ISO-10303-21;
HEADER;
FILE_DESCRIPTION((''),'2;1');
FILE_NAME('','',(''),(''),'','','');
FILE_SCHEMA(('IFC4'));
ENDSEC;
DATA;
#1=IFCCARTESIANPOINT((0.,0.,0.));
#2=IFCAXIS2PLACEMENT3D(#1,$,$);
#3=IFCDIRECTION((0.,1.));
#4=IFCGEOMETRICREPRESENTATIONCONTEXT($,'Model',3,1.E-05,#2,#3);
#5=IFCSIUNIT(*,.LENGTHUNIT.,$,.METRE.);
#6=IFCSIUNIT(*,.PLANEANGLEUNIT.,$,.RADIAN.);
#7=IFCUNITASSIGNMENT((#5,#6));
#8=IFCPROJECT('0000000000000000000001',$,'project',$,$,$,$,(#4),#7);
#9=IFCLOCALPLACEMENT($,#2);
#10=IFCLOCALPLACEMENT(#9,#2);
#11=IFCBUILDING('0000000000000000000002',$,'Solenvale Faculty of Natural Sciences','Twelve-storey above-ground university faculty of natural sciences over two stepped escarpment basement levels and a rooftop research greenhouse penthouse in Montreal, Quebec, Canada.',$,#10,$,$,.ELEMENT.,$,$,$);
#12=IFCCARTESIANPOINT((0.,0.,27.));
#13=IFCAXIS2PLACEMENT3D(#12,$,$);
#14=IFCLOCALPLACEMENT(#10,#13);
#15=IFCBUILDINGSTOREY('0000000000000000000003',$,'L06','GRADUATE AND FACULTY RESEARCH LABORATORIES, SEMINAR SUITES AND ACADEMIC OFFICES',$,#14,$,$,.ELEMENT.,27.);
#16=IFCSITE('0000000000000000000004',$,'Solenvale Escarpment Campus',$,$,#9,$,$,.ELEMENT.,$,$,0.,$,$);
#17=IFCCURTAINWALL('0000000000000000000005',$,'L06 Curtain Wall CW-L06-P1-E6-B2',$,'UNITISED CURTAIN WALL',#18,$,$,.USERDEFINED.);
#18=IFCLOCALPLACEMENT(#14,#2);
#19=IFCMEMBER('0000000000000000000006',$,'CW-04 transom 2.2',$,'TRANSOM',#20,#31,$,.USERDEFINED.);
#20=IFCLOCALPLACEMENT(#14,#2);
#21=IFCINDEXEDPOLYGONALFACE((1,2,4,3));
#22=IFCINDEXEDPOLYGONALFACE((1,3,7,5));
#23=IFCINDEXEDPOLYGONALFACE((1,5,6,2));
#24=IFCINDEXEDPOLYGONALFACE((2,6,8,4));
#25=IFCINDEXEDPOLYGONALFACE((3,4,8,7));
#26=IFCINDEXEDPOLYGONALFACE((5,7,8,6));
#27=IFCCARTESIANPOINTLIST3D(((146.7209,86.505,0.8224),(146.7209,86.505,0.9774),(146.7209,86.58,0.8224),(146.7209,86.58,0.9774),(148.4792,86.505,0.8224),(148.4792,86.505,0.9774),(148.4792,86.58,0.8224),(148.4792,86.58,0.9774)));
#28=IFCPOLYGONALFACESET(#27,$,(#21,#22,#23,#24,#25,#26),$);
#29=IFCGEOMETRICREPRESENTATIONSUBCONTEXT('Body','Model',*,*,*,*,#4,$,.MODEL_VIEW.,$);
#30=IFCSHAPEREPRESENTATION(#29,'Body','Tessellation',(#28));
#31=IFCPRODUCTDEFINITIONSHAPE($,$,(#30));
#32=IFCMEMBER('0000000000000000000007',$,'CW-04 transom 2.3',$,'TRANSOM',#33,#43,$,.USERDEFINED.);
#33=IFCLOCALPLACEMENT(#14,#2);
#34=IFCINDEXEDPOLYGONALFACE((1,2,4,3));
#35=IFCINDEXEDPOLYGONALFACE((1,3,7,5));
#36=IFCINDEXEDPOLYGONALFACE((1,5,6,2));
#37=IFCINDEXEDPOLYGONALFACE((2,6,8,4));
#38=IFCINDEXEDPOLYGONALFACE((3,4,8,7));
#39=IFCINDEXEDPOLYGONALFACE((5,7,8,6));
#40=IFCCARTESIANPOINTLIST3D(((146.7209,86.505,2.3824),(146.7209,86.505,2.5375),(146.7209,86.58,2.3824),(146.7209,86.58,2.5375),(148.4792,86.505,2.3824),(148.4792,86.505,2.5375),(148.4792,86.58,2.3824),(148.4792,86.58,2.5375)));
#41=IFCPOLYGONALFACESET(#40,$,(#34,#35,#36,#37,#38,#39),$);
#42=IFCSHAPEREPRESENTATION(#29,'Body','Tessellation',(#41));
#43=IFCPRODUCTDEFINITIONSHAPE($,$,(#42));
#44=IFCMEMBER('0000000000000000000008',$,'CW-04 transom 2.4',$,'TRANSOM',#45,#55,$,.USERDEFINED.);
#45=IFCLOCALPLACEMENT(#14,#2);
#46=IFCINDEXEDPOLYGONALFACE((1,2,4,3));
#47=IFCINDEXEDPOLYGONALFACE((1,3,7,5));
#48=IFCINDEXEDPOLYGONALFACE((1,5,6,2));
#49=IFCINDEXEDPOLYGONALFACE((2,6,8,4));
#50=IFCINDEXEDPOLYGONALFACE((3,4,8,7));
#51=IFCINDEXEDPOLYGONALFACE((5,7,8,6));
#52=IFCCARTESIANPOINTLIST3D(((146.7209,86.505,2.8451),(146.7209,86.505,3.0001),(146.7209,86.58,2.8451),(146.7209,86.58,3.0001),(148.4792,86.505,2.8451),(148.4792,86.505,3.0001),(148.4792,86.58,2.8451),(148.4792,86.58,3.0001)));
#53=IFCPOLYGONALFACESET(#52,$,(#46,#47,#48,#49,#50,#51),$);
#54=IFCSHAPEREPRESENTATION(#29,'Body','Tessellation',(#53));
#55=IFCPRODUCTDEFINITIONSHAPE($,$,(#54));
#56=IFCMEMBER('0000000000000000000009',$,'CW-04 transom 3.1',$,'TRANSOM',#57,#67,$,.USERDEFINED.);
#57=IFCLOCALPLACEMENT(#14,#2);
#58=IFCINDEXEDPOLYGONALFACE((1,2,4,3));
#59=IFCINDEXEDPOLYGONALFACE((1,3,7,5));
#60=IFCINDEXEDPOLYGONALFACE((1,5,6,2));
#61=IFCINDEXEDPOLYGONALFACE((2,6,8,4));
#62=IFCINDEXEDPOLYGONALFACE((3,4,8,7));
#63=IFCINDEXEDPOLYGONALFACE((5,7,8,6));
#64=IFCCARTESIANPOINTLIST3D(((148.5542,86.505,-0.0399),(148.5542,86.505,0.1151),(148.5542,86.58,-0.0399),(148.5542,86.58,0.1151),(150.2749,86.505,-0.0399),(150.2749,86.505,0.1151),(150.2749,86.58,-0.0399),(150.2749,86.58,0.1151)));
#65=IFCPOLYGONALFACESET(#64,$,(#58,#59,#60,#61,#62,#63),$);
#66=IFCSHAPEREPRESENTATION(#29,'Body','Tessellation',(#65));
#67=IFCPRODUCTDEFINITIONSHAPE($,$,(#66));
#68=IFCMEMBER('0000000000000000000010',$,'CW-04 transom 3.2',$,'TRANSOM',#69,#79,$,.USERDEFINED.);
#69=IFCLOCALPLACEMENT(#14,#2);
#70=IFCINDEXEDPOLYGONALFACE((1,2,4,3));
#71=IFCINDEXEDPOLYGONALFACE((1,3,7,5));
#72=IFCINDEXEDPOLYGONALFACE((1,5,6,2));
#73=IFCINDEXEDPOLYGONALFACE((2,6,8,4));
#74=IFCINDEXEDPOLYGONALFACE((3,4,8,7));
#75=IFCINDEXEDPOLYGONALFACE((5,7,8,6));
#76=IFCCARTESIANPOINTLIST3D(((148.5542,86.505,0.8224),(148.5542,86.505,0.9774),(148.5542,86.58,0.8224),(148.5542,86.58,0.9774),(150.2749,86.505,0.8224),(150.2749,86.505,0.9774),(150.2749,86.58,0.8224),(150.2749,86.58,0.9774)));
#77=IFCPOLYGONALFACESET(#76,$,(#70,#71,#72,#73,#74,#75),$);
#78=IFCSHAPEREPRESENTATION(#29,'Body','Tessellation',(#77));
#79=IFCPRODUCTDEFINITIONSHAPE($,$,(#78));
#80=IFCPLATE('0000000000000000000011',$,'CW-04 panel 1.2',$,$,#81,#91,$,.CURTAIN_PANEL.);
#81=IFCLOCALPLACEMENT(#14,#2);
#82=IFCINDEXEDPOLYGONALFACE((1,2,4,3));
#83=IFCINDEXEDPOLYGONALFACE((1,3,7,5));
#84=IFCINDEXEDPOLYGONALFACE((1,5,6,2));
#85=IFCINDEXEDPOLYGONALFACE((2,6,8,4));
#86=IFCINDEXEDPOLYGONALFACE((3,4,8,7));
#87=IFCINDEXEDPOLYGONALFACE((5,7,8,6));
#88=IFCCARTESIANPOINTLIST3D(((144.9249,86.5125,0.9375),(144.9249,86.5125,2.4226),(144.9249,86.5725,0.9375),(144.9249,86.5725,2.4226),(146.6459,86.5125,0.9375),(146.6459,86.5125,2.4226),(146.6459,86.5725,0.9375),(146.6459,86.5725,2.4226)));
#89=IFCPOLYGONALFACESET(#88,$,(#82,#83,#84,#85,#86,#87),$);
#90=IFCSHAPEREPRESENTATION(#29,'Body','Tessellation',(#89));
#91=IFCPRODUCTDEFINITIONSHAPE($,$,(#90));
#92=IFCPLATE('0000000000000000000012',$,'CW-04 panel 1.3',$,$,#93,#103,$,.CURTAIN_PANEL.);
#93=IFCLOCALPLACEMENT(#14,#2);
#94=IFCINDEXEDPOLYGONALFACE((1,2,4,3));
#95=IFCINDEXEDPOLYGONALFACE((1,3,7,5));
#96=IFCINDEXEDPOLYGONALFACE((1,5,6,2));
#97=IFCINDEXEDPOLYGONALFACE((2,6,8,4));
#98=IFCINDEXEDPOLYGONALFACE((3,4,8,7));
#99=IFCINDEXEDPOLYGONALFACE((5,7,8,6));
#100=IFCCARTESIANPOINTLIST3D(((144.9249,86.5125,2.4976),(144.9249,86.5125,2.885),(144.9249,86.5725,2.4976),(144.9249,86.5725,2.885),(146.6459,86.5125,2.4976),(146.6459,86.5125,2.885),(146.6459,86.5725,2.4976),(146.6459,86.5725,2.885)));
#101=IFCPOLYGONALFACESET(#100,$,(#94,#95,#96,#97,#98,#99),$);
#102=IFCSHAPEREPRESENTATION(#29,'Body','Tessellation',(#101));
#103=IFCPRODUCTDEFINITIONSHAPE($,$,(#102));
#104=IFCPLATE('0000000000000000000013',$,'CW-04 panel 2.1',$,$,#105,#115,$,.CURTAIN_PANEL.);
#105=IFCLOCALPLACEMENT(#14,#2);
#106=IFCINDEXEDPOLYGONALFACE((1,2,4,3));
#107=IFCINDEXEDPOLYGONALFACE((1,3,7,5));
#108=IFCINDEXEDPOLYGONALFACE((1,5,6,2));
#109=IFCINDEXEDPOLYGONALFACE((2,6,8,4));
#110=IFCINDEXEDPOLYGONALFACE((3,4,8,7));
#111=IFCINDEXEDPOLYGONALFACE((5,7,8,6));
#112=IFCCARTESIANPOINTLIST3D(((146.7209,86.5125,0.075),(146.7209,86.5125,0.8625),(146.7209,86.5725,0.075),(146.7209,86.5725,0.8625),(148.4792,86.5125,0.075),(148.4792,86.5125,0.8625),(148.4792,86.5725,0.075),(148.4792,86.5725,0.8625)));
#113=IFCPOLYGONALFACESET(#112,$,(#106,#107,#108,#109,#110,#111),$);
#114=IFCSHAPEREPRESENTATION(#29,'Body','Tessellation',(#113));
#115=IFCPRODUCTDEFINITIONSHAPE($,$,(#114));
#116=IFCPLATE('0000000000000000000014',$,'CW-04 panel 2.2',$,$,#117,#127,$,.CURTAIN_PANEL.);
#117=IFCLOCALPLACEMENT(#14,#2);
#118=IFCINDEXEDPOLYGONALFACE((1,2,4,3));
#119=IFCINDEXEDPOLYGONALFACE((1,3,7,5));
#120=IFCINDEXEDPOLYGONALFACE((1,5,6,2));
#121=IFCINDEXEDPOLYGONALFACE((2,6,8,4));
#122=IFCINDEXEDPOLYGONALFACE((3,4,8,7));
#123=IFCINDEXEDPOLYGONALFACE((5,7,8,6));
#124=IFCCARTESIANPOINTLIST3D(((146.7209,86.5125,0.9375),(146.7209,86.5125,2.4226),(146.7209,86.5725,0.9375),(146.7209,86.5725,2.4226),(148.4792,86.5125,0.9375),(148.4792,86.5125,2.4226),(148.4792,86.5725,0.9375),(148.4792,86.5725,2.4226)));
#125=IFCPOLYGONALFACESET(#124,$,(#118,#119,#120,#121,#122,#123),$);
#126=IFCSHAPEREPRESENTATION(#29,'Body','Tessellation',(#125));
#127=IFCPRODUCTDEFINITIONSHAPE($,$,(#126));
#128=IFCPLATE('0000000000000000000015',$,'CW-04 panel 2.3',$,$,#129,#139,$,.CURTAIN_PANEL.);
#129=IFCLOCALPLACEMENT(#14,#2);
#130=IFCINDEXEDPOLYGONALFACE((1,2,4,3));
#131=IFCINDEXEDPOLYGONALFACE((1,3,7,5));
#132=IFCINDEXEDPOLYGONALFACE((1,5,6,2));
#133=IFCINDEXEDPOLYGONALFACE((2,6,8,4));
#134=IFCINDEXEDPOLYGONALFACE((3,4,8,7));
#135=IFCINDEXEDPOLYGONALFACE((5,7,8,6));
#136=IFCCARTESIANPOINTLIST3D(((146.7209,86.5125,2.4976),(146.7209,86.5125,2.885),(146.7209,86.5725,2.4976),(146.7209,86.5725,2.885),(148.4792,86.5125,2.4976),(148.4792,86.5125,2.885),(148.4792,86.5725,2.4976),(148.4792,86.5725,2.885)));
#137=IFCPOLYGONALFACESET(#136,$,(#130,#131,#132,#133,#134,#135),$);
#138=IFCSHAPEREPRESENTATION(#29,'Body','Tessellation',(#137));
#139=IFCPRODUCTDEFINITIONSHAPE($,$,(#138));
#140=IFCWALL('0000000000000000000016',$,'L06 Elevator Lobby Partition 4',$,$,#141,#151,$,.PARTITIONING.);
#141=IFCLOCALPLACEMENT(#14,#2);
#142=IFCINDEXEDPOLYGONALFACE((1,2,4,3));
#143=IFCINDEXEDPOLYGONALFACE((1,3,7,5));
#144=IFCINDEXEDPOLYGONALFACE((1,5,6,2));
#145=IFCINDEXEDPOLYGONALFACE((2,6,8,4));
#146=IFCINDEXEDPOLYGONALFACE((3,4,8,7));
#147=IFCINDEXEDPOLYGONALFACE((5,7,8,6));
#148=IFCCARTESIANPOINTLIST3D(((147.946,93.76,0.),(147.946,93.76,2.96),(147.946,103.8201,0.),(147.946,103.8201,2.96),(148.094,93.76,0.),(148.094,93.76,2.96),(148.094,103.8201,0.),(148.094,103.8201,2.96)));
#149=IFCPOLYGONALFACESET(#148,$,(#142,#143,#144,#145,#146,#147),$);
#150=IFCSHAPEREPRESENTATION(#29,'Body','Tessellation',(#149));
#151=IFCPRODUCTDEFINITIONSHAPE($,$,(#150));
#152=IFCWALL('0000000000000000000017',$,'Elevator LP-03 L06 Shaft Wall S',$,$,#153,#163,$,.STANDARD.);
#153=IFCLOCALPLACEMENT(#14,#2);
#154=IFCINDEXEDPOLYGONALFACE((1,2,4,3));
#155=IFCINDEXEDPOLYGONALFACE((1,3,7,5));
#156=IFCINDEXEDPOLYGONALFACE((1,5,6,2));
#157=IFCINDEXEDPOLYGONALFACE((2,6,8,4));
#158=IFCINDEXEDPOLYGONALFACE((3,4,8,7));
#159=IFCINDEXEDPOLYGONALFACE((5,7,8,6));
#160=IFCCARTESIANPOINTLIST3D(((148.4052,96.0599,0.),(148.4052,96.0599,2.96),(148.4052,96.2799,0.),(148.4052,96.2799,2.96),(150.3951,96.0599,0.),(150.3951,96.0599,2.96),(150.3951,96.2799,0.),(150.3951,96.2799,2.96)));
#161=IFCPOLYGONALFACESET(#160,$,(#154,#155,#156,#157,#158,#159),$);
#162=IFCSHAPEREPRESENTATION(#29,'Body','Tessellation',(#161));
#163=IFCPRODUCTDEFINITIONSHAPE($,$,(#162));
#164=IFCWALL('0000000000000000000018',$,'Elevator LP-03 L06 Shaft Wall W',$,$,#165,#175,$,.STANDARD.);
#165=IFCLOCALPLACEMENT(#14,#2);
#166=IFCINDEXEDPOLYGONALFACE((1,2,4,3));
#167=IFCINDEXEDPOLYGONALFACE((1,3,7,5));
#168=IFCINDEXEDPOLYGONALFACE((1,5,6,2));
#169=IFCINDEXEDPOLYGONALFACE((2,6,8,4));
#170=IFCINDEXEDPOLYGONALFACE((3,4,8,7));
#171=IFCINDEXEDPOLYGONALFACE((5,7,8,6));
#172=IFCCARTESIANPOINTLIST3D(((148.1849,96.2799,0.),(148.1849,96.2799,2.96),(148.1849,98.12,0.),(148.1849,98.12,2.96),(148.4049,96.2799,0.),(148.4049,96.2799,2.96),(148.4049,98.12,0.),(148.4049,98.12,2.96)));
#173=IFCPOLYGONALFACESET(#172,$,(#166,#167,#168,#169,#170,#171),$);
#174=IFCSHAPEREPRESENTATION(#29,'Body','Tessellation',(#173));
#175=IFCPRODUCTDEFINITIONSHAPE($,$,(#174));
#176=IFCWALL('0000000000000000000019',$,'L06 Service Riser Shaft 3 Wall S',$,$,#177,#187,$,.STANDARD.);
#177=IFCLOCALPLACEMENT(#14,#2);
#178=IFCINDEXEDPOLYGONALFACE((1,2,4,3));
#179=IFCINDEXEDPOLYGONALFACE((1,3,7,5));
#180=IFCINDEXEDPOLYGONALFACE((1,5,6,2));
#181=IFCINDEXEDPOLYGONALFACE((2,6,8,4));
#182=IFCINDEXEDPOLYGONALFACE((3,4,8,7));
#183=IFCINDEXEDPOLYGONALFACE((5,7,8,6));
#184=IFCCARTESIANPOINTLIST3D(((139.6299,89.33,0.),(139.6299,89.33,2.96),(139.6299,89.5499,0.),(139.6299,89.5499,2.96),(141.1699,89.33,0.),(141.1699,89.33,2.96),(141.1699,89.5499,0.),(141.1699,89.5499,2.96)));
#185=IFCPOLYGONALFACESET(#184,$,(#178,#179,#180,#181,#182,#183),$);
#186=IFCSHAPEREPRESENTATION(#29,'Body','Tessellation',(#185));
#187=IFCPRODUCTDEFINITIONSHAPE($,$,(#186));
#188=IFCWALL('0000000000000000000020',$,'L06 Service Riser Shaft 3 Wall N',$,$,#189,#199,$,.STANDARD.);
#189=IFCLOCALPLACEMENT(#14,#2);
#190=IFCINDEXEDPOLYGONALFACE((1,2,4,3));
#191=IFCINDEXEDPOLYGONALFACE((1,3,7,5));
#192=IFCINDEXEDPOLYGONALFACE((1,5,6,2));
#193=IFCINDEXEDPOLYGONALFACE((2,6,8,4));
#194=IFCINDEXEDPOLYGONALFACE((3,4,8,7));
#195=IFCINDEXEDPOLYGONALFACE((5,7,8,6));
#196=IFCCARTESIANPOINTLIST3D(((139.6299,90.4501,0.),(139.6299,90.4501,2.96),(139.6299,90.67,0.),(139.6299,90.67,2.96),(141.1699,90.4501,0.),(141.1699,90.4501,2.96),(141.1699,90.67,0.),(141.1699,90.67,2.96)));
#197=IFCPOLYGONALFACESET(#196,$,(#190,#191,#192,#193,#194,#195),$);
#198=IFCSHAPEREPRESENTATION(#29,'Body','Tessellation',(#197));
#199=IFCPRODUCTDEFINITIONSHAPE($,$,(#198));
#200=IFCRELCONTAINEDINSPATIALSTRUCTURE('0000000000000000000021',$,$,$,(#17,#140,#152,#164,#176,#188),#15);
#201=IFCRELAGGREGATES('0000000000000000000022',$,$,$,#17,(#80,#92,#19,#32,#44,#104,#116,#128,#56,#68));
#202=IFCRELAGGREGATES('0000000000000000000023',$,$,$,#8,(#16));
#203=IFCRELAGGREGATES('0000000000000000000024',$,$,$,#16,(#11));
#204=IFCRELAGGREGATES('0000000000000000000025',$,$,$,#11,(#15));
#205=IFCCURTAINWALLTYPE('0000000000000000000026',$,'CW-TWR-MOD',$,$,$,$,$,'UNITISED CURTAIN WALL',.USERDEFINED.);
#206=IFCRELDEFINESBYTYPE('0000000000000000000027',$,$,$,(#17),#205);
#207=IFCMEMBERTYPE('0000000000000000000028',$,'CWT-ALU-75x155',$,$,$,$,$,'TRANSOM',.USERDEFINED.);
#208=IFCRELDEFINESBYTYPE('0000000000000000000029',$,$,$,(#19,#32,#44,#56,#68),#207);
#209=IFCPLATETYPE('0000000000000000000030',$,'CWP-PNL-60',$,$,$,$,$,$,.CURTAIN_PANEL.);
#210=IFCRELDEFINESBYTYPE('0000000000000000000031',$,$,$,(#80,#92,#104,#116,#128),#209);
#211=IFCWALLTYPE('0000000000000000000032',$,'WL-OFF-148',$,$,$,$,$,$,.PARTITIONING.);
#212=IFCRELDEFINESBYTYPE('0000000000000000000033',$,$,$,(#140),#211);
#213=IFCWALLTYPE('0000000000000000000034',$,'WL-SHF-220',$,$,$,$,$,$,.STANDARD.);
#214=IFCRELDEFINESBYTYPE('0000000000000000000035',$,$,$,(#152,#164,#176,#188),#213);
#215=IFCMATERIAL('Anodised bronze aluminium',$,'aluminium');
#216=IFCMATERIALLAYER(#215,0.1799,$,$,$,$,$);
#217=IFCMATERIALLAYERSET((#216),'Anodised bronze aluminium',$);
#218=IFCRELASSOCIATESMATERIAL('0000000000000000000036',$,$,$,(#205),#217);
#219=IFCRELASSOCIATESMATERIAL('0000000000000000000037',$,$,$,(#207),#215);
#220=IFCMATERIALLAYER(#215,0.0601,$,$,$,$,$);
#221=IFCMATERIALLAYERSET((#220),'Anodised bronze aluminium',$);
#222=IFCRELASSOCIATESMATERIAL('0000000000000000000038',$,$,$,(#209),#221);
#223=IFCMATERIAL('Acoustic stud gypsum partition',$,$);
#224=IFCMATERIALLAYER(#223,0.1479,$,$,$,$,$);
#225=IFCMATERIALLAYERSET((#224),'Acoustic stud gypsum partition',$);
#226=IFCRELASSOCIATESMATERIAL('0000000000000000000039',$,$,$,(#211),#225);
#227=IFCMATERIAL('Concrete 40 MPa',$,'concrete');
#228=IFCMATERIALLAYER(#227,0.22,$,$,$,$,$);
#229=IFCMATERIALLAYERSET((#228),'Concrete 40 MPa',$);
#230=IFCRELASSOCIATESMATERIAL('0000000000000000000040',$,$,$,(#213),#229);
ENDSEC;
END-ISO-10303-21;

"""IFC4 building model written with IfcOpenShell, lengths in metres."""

from ifc_helpers import new_model, si_unit, direction, frame, frame_2d, origin, origin_2d, place, context, subcontext, project, spatial, rectangle, extrude, material, layer, layer_set, material_profile, profile_set, type_object, element, aggregate, save


model = new_model("IFC4")

# Units and contexts
model_context = context("Model", 3, precision=1e-05, world=origin(), true_north=direction((0.0, 1.0)))
body_context = subcontext(model_context, "Body", "Model", "MODEL_VIEW")
ifc_project = project(units=[si_unit("LENGTHUNIT", "METRE"), si_unit("PLANEANGLEUNIT", "RADIAN")], contexts=[model_context])

# Site, building, storey
site_placement = place(None, origin())
site = spatial("IfcSite", under=ifc_project, at=site_placement, Name="Solenvale Escarpment Campus", CompositionType="ELEMENT", RefElevation=0.0)
building_placement = place(site_placement, origin())
building = spatial("IfcBuilding", under=site, at=building_placement, Name="Solenvale Faculty of Natural Sciences", Description="Twelve-storey above-ground university faculty of natural sciences over two stepped escarpment basement levels and a rooftop research greenhouse penthouse in Montreal, Quebec, Canada.", CompositionType="ELEMENT")
storey_placement = place(building_placement, frame((0.0, 0.0, 27.0)))
storey = spatial("IfcBuildingStorey", under=building, at=storey_placement, Name="L06", Description="GRADUATE AND FACULTY RESEARCH LABORATORIES, SEMINAR SUITES AND ACADEMIC OFFICES", CompositionType="ELEMENT", Elevation=27.0)

# Shared definitions
ifc_material_1 = material(Name="Concrete 40 MPa", Category="concrete")

# Curtain wall, members, plates
ifc_material_2 = material(Name="Anodised bronze aluminium", Category="aluminium")
ifc_layer_1 = layer(ifc_material_2, 0.1799)
ifc_layer_set_1 = layer_set([ifc_layer_1], Name="Anodised bronze aluminium")
curtain_wall_type = type_object("IfcCurtainWallType", Name="CW-TWR-MOD", ElementType="UNITISED CURTAIN WALL", PredefinedType="USERDEFINED", material=ifc_layer_set_1)
curtain_wall_placement = place(storey_placement, origin())
curtain_wall = element("IfcCurtainWall", 1, at=curtain_wall_placement, inside=storey, type_object=curtain_wall_type, Name="L06 Curtain Wall CW-L06-P1-E6-B2", ObjectType="UNITISED CURTAIN WALL", PredefinedType="USERDEFINED")
ifc_material_profile_1 = material_profile(ifc_material_2, rectangle(XDim=0.075, YDim=0.155, at=origin_2d()), Name="ALU-TRN-75x155")
ifc_profile_set_1 = profile_set([ifc_material_profile_1], Name="Anodised bronze aluminium")
member_type_1 = type_object("IfcMemberType", Name="CWT-ALU-75x155", ElementType="TRANSOM", PredefinedType="USERDEFINED", material=ifc_profile_set_1)
member_1_placement = place(storey_placement, frame((146.7209, 86.5425, 0.8999), z_axis=(1.0, 0.0, 0.0), x_axis=(0.0, 1.0, 0.0)))
member_1 = element("IfcMember", 2, at=member_1_placement, type_object=member_type_1, Name="CW-04 transom 2.2", ObjectType="TRANSOM", PredefinedType="USERDEFINED", context=body_context, shape_type="SweptSolid", body=[
    extrude(rectangle(XDim=0.075, YDim=0.155, at=origin_2d()), origin(), (0.0, 0.0, 1.0), 1.7583),
])
member_2_placement = place(storey_placement, frame((146.7209, 86.5425, 2.46), z_axis=(1.0, 0.0, 0.0), x_axis=(0.0, 1.0, 0.0)))
member_2 = element("IfcMember", 3, at=member_2_placement, type_object=member_type_1, Name="CW-04 transom 2.3", ObjectType="TRANSOM", PredefinedType="USERDEFINED", context=body_context, shape_type="SweptSolid", body=[
    extrude(rectangle(XDim=0.075, YDim=0.155, at=origin_2d()), origin(), (0.0, 0.0, 1.0), 1.7583),
])
member_3_placement = place(storey_placement, frame((146.7209, 86.5425, 2.9226), z_axis=(1.0, 0.0, 0.0), x_axis=(0.0, 1.0, 0.0)))
member_3 = element("IfcMember", 4, at=member_3_placement, type_object=member_type_1, Name="CW-04 transom 2.4", ObjectType="TRANSOM", PredefinedType="USERDEFINED", context=body_context, shape_type="SweptSolid", body=[
    extrude(rectangle(XDim=0.075, YDim=0.155, at=origin_2d()), origin(), (0.0, 0.0, 1.0), 1.7583),
])
member_4_placement = place(storey_placement, frame((148.5542, 86.5425, 0.0376), z_axis=(1.0, 0.0, 0.0), x_axis=(0.0, 1.0, 0.0)))
member_4 = element("IfcMember", 5, at=member_4_placement, type_object=member_type_1, Name="CW-04 transom 3.1", ObjectType="TRANSOM", PredefinedType="USERDEFINED", context=body_context, shape_type="SweptSolid", body=[
    extrude(rectangle(XDim=0.075, YDim=0.155, at=origin_2d()), origin(), (0.0, 0.0, 1.0), 1.7207),
])
member_5_placement = place(storey_placement, frame((148.5542, 86.5425, 0.8999), z_axis=(1.0, 0.0, 0.0), x_axis=(0.0, 1.0, 0.0)))
member_5 = element("IfcMember", 6, at=member_5_placement, type_object=member_type_1, Name="CW-04 transom 3.2", ObjectType="TRANSOM", PredefinedType="USERDEFINED", context=body_context, shape_type="SweptSolid", body=[
    extrude(rectangle(XDim=0.075, YDim=0.155, at=origin_2d()), origin(), (0.0, 0.0, 1.0), 1.7207),
])
ifc_layer_2 = layer(ifc_material_2, 0.0601)
ifc_layer_set_2 = layer_set([ifc_layer_2], Name="Anodised bronze aluminium")
plate_type = type_object("IfcPlateType", Name="CWP-PNL-60", PredefinedType="CURTAIN_PANEL", material=ifc_layer_set_2)
plate_1_placement = place(storey_placement, frame((145.7854, 86.5425, 0.9375), z_axis=(0.0, 0.0, 1.0), x_axis=(1.0, 0.0, 0.0)))
plate_1 = element("IfcPlate", 7, at=plate_1_placement, type_object=plate_type, Name="CW-04 panel 1.2", PredefinedType="CURTAIN_PANEL", context=body_context, shape_type="SweptSolid", body=[
    extrude(rectangle(XDim=1.7209, YDim=0.0601, at=origin_2d()), origin(), (0.0, 0.0, 1.0), 1.4851),
])
plate_2_placement = place(storey_placement, frame((145.7854, 86.5425, 2.4976), z_axis=(0.0, 0.0, 1.0), x_axis=(1.0, 0.0, 0.0)))
plate_2 = element("IfcPlate", 8, at=plate_2_placement, type_object=plate_type, Name="CW-04 panel 1.3", PredefinedType="CURTAIN_PANEL", context=body_context, shape_type="SweptSolid", body=[
    extrude(rectangle(XDim=1.7209, YDim=0.0601, at=origin_2d()), origin(), (0.0, 0.0, 1.0), 0.3875),
])
plate_3_placement = place(storey_placement, frame((147.6001, 86.5425, 0.075), z_axis=(0.0, 0.0, 1.0), x_axis=(1.0, 0.0, 0.0)))
plate_3 = element("IfcPlate", 9, at=plate_3_placement, type_object=plate_type, Name="CW-04 panel 2.1", PredefinedType="CURTAIN_PANEL", context=body_context, shape_type="SweptSolid", body=[
    extrude(rectangle(XDim=1.7583, YDim=0.0601, at=origin_2d()), origin(), (0.0, 0.0, 1.0), 0.7876),
])
plate_4_placement = place(storey_placement, frame((147.6001, 86.5425, 0.9375), z_axis=(0.0, 0.0, 1.0), x_axis=(1.0, 0.0, 0.0)))
plate_4 = element("IfcPlate", 10, at=plate_4_placement, type_object=plate_type, Name="CW-04 panel 2.2", PredefinedType="CURTAIN_PANEL", context=body_context, shape_type="SweptSolid", body=[
    extrude(rectangle(XDim=1.7583, YDim=0.0601, at=origin_2d()), origin(), (0.0, 0.0, 1.0), 1.4851),
])
plate_5_placement = place(storey_placement, frame((147.6001, 86.5425, 2.4976), z_axis=(0.0, 0.0, 1.0), x_axis=(1.0, 0.0, 0.0)))
plate_5 = element("IfcPlate", 11, at=plate_5_placement, type_object=plate_type, Name="CW-04 panel 2.3", PredefinedType="CURTAIN_PANEL", context=body_context, shape_type="SweptSolid", body=[
    extrude(rectangle(XDim=1.7583, YDim=0.0601, at=origin_2d()), origin(), (0.0, 0.0, 1.0), 0.3875),
])
aggregate(curtain_wall, [plate_1, plate_2, member_1, member_2, member_3, plate_3, plate_4, plate_5, member_4, member_5])

# Wall
ifc_material_3 = material(Name="Acoustic stud gypsum partition")
ifc_layer_3 = layer(ifc_material_3, 0.1479)
ifc_layer_set_3 = layer_set([ifc_layer_3], Name="Acoustic stud gypsum partition")
wall_type_1 = type_object("IfcWallType", Name="WL-OFF-148", PredefinedType="PARTITIONING", material=ifc_layer_set_3)
wall_1_placement = place(storey_placement, frame((148.02, 93.76, 0.0), z_axis=(0.0, 0.0, 1.0), x_axis=(0.0, 1.0, 0.0)))
element("IfcWall", 12, at=wall_1_placement, inside=storey, type_object=wall_type_1, Name="L06 Elevator Lobby Partition 4", PredefinedType="PARTITIONING", context=body_context, shape_type="SweptSolid", body=[
    extrude(rectangle(XDim=10.0601, YDim=0.1479, at=frame_2d((5.03, 0.0))), origin(), (0.0, 0.0, 1.0), 2.96),
])

# Wall
ifc_layer_4 = layer(ifc_material_1, 0.22)
ifc_layer_set_4 = layer_set([ifc_layer_4], Name="Concrete 40 MPa")
wall_type_2 = type_object("IfcWallType", Name="WL-SHF-220", PredefinedType="STANDARD", material=ifc_layer_set_4)
wall_2_placement = place(storey_placement, frame((148.405, 96.1699, 0.0), z_axis=(0.0, 0.0, 1.0), x_axis=(1.0, 0.0, 0.0)))
element("IfcWall", 13, at=wall_2_placement, inside=storey, type_object=wall_type_2, Name="Elevator LP-03 L06 Shaft Wall S", PredefinedType="STANDARD", context=body_context, shape_type="SweptSolid", body=[
    extrude(rectangle(XDim=1.99, YDim=0.22, at=frame_2d((0.9951, 0.0))), origin(), (0.0, 0.0, 1.0), 2.96),
])

# Walls
wall_3_placement = place(storey_placement, frame((148.2949, 96.28, 0.0), z_axis=(0.0, 0.0, 1.0), x_axis=(0.0, 1.0, 0.0)))
element("IfcWall", 14, at=wall_3_placement, inside=storey, type_object=wall_type_2, Name="Elevator LP-03 L06 Shaft Wall W", PredefinedType="STANDARD", context=body_context, shape_type="SweptSolid", body=[
    extrude(rectangle(XDim=1.8401, YDim=0.22, at=frame_2d((0.9199, 0.0))), origin(), (0.0, 0.0, 1.0), 2.96),
])
for number, where, z_axis, x_axis, name in (
    (15, (139.6299, 89.4399, 0.0), (0.0, 0.0, 1.0), (1.0, 0.0, 0.0), "L06 Service Riser Shaft 3 Wall S"),
    (16, (139.6299, 90.5601, 0.0), (0.0, 0.0, 1.0), (1.0, 0.0, 0.0), "L06 Service Riser Shaft 3 Wall N"),
):
    element("IfcWall", number, at=place(storey_placement, frame(where, z_axis=z_axis, x_axis=x_axis)), inside=storey, type_object=wall_type_2, Name=name, PredefinedType="STANDARD", context=body_context, shape_type="SweptSolid", body=[
        extrude(rectangle(XDim=1.54, YDim=0.22, at=frame_2d((0.77, 0.0))), origin(), (0.0, 0.0, 1.0), 2.96),
    ])

save(model, "model.ifc")
